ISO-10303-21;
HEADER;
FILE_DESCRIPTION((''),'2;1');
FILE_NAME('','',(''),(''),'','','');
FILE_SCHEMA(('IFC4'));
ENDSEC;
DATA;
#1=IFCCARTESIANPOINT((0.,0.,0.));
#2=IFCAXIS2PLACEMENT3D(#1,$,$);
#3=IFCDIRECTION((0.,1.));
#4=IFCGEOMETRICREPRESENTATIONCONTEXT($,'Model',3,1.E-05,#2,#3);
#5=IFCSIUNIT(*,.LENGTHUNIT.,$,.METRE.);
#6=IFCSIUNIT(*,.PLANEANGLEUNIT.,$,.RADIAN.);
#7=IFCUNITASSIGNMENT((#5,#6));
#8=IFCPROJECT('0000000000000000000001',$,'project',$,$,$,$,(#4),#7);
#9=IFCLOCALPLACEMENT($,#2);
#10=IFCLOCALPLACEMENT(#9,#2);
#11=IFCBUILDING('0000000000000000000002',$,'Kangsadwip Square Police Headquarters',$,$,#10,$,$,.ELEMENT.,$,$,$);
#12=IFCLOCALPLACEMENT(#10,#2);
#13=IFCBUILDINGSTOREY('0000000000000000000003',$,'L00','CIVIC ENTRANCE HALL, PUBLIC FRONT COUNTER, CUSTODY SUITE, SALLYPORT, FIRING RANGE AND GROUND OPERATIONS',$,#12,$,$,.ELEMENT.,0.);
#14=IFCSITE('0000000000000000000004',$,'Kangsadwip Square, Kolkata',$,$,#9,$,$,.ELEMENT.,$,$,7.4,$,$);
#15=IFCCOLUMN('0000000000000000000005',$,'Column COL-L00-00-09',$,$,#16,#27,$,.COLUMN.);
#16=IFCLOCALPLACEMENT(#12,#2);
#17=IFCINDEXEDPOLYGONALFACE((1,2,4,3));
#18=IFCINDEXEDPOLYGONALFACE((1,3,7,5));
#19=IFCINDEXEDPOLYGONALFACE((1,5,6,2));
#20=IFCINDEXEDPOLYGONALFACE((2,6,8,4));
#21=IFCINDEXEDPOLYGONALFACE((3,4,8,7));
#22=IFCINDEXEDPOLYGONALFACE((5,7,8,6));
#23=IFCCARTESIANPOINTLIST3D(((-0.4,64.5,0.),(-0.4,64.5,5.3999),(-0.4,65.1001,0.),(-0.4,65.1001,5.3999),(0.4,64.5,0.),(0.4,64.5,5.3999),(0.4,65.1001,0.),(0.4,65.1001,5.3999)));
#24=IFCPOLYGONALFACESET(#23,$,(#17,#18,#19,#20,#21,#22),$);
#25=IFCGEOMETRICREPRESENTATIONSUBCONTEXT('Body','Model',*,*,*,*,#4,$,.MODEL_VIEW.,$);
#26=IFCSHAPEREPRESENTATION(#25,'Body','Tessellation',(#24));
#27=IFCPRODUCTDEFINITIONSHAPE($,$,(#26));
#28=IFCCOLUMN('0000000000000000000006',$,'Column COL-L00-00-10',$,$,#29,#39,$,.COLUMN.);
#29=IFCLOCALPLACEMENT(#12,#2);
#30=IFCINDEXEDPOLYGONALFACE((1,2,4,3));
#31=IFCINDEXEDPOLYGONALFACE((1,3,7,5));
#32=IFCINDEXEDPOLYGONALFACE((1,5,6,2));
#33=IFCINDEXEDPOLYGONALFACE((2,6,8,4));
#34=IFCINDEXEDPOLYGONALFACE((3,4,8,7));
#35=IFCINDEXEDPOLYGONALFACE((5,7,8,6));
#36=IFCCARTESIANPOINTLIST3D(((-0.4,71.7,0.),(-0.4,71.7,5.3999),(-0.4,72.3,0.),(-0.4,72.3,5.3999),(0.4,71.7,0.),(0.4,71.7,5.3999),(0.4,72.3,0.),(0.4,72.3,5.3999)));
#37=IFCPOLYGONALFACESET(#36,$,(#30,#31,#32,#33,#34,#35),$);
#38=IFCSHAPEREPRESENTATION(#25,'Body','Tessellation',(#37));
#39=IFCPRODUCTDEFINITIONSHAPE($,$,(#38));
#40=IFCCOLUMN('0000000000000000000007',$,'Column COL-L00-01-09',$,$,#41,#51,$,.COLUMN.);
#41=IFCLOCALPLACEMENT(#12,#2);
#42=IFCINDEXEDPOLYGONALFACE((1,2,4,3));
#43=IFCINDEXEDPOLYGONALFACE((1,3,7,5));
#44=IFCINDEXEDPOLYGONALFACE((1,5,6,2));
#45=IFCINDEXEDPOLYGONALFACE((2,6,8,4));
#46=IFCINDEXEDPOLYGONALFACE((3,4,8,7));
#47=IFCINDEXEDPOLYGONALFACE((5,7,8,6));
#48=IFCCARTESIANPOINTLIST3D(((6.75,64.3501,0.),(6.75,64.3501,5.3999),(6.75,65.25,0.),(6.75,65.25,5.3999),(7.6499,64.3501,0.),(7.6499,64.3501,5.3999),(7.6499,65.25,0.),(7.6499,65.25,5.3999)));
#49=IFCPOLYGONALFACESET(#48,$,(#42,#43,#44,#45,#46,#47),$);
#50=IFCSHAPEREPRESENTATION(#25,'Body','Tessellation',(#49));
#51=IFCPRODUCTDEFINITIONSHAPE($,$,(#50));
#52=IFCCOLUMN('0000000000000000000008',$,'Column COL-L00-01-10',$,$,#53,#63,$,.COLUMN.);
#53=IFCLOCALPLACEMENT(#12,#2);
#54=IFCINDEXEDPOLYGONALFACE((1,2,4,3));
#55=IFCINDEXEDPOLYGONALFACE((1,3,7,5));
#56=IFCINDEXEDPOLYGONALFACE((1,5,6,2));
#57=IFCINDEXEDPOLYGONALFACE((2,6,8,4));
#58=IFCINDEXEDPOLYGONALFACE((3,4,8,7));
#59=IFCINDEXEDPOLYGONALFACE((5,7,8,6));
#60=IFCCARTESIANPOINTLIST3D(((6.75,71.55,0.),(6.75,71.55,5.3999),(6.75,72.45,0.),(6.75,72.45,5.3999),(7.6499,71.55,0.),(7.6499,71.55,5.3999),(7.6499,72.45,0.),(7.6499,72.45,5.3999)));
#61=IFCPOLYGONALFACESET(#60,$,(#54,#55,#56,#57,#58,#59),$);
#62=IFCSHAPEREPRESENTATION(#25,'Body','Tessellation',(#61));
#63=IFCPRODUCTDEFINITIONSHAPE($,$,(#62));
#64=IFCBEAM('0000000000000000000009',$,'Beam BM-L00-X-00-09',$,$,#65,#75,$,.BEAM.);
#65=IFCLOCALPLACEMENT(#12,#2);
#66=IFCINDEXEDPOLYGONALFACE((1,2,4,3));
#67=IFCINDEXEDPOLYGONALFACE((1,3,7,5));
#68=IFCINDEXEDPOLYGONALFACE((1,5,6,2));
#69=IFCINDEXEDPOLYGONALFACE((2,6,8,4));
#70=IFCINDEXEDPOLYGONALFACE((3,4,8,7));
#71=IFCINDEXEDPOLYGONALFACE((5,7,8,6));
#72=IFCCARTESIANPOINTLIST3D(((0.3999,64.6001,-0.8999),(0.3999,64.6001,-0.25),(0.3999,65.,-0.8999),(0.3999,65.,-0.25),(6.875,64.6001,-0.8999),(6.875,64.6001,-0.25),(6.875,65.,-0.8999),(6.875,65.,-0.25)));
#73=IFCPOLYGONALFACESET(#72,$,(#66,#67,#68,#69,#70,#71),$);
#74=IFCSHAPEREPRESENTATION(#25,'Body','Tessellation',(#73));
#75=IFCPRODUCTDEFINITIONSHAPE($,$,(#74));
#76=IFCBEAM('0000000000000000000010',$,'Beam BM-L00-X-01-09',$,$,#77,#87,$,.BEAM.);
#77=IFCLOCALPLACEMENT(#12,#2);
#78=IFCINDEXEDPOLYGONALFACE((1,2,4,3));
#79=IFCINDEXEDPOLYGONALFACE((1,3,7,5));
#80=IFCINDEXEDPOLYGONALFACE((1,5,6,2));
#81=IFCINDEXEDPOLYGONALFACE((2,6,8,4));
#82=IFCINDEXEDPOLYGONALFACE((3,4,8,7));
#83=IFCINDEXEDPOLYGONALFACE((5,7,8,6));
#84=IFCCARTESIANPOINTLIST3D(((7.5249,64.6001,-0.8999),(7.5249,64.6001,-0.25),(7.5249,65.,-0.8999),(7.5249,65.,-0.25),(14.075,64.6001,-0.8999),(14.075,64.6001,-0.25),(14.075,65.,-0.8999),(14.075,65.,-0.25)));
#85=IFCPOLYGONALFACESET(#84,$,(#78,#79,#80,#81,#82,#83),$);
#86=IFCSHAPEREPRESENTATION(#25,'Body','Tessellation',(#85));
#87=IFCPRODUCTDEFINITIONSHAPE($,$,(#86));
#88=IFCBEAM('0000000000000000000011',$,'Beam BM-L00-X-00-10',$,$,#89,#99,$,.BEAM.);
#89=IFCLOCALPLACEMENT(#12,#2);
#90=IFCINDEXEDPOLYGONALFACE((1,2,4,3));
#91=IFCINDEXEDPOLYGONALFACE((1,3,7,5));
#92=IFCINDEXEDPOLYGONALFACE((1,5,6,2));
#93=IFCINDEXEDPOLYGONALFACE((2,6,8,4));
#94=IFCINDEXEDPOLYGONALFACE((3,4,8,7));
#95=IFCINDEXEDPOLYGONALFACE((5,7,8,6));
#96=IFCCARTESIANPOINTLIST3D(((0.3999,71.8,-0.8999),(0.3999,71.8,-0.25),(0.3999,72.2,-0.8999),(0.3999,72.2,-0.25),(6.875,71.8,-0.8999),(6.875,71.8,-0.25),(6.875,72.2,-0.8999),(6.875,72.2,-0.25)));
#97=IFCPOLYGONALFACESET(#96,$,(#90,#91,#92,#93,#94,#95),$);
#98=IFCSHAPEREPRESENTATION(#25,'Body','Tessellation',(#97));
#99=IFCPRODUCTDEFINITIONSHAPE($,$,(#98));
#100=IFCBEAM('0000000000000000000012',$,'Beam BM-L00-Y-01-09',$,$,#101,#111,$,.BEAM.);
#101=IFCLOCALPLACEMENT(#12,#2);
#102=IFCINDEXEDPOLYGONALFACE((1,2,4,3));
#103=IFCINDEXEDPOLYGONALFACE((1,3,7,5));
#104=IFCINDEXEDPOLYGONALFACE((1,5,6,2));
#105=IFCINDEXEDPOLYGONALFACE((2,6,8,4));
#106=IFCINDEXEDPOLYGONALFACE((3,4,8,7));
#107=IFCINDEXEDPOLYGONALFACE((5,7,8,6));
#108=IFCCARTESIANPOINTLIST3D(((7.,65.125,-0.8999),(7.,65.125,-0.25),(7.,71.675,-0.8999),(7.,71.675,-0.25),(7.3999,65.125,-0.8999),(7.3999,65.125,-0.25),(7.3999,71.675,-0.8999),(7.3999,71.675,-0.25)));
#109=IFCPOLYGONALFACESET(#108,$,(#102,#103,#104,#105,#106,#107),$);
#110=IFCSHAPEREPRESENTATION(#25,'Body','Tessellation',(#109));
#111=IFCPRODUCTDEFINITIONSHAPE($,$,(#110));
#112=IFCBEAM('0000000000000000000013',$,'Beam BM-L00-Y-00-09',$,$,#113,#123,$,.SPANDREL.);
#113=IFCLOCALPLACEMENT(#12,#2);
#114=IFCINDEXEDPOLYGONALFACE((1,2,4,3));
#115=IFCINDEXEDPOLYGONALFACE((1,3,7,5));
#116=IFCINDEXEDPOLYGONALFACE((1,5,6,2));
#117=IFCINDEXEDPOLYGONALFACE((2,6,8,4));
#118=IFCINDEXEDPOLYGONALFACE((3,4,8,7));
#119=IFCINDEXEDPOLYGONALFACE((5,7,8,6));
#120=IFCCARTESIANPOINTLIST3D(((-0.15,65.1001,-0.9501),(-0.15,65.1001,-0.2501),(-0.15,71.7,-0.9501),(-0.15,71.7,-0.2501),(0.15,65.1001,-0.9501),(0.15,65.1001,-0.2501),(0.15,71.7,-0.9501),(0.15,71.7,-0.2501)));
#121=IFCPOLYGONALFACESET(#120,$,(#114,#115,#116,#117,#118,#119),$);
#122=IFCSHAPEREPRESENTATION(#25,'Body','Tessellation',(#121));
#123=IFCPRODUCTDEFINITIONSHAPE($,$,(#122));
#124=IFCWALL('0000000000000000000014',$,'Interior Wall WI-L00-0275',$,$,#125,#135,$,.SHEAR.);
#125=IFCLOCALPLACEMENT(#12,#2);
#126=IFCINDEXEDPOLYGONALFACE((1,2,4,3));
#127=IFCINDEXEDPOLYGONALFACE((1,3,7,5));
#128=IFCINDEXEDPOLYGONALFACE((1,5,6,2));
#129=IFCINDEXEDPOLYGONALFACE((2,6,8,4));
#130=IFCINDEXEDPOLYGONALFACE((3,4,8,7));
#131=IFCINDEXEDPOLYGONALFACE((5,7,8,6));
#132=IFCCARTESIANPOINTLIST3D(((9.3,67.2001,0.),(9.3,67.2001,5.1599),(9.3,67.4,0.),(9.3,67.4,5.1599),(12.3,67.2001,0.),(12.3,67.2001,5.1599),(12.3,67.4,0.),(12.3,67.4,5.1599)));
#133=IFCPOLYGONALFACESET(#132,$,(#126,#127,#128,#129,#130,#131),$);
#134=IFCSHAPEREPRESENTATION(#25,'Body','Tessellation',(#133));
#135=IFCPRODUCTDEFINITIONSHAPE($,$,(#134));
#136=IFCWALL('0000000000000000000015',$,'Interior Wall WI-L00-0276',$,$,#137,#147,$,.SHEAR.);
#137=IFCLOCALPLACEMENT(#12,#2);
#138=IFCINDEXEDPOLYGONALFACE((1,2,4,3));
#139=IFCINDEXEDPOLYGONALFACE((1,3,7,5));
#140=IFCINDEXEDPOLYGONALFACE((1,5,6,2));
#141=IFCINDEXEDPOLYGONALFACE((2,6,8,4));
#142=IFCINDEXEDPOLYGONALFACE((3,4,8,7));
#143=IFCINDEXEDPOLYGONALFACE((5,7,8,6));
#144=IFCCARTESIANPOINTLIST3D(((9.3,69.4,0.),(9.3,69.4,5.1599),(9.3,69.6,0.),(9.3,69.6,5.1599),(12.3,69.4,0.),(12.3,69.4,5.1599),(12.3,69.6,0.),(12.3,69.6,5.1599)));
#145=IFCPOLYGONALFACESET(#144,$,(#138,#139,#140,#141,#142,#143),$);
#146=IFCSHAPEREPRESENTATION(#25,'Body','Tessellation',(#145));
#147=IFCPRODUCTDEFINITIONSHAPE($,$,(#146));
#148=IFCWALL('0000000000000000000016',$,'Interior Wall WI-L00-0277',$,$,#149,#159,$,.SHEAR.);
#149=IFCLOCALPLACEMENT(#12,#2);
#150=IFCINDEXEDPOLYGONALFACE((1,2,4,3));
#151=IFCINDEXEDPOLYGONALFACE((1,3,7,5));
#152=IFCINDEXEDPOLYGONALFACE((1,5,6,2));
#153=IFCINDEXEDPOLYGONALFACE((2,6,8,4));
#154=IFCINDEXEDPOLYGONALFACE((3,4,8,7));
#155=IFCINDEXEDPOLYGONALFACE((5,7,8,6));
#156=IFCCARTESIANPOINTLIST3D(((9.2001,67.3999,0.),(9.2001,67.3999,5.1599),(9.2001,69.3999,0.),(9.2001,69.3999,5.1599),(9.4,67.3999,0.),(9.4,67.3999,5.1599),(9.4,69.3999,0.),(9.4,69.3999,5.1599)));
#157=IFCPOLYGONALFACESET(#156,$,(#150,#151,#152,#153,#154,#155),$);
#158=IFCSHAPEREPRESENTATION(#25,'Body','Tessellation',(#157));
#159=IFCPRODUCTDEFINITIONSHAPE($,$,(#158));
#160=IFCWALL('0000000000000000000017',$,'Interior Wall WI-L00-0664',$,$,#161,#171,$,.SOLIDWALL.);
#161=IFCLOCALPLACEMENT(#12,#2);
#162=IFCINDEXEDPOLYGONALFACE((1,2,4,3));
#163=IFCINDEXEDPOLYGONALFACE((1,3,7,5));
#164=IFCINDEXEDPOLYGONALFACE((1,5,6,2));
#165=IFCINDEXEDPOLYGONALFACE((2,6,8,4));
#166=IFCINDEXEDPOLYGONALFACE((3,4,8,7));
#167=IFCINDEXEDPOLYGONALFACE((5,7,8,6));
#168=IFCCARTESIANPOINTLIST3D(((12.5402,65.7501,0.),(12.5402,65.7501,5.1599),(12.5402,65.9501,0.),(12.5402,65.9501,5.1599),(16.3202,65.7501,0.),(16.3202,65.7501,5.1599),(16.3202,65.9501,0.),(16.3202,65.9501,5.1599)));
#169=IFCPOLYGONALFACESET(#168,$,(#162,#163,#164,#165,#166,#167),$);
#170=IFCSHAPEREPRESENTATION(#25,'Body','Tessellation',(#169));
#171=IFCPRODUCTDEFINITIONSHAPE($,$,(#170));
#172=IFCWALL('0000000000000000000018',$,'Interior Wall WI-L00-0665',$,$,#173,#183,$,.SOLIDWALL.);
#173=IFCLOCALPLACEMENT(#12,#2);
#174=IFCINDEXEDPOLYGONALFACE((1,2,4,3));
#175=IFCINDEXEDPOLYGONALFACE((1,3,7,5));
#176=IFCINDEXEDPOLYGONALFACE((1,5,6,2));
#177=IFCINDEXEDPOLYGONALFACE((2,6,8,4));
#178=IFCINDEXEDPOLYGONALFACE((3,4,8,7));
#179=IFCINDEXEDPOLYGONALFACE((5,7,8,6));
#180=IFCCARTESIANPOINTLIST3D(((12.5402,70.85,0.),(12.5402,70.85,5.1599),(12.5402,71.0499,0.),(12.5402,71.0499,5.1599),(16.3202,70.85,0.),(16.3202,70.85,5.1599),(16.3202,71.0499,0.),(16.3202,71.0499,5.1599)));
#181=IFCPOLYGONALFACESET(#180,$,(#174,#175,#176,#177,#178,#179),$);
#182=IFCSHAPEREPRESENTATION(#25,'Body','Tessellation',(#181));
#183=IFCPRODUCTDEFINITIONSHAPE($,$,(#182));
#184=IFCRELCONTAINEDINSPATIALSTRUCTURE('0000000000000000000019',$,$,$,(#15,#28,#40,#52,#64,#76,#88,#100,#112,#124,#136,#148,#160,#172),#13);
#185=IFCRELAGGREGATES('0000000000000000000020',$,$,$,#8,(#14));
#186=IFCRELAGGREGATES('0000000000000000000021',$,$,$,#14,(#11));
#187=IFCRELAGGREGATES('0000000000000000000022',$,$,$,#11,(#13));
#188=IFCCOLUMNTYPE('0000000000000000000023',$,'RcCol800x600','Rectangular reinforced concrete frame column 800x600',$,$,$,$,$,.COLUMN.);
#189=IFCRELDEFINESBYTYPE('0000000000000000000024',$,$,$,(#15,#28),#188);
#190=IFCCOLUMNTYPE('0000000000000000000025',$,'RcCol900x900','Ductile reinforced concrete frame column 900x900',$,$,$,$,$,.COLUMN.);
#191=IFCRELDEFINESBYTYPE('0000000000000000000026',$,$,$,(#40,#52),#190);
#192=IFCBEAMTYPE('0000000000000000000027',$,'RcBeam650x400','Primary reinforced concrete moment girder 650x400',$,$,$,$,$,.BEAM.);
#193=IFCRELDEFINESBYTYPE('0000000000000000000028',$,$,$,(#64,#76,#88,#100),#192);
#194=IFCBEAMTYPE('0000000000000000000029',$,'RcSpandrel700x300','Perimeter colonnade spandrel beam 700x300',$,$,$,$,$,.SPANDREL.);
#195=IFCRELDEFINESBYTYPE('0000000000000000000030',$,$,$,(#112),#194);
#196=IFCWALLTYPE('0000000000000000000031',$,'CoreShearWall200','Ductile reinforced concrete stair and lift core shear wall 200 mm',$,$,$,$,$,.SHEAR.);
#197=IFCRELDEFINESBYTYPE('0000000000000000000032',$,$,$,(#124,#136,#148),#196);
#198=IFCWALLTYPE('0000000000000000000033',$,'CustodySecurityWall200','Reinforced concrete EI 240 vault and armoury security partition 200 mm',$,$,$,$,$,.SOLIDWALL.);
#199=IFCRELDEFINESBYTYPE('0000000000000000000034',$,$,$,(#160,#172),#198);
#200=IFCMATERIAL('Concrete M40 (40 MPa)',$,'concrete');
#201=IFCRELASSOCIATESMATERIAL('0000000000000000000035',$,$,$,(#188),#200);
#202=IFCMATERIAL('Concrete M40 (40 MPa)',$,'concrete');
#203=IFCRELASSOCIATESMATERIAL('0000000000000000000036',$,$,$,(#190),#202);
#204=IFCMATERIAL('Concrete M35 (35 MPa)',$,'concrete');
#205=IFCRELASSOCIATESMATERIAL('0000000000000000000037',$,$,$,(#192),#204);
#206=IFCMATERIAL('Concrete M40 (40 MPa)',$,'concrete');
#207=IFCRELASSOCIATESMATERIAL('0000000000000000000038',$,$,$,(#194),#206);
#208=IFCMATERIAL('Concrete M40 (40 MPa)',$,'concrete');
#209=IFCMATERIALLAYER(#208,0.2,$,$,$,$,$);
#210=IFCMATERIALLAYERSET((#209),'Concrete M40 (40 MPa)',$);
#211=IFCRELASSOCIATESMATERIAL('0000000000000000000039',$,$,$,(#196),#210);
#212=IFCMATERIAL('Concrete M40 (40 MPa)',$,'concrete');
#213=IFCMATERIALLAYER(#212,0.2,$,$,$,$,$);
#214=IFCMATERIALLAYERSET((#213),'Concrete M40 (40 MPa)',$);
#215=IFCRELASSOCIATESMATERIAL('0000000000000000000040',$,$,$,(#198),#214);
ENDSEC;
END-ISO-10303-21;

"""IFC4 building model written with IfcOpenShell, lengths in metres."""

from ifc_helpers import new_model, si_unit, direction, frame, frame_2d, origin, origin_2d, place, context, subcontext, project, spatial, rectangle, extrude, material, layer, layer_set, material_profile, profile_set, type_object, element, save


model = new_model("IFC4")

# Units and contexts
model_context = context("Model", 3, precision=1e-05, world=origin(), true_north=direction((0.0, 1.0)))
body_context = subcontext(model_context, "Body", "Model", "MODEL_VIEW")
ifc_project = project(units=[si_unit("LENGTHUNIT", "METRE"), si_unit("PLANEANGLEUNIT", "RADIAN")], contexts=[model_context])

# Site, building, storey
site_placement = place(None, origin())
site = spatial("IfcSite", under=ifc_project, at=site_placement, Name="Kangsadwip Square, Kolkata", CompositionType="ELEMENT", RefElevation=7.4)
building_placement = place(site_placement, origin())
building = spatial("IfcBuilding", under=site, at=building_placement, Name="Kangsadwip Square Police Headquarters", CompositionType="ELEMENT")
storey_placement = place(building_placement, origin())
storey = spatial("IfcBuildingStorey", under=building, at=storey_placement, Name="L00", Description="CIVIC ENTRANCE HALL, PUBLIC FRONT COUNTER, CUSTODY SUITE, SALLYPORT, FIRING RANGE AND GROUND OPERATIONS", CompositionType="ELEMENT", Elevation=0.0)

# Columns
ifc_material_1 = material(Name="Concrete M40 (40 MPa)", Category="concrete")
ifc_material_profile_1 = material_profile(ifc_material_1, rectangle(XDim=0.6001, YDim=0.8, at=origin_2d()), Name="RC COL 800X600")
ifc_profile_set_1 = profile_set([ifc_material_profile_1], Name="Concrete M40 (40 MPa)")
column_type_1 = type_object("IfcColumnType", Name="RcCol800x600", Description="Rectangular reinforced concrete frame column 800x600", PredefinedType="COLUMN", material=ifc_profile_set_1)
for number, where, z_axis, x_axis, name in (
    (1, (0.0, 64.8, 0.0), (0.0, 0.0, 1.0), (0.0, 1.0, 0.0), "Column COL-L00-00-09"),
    (2, (0.0, 72.0, 0.0), (0.0, 0.0, 1.0), (0.0, 1.0, 0.0), "Column COL-L00-00-10"),
):
    element("IfcColumn", number, at=place(storey_placement, frame(where, z_axis=z_axis, x_axis=x_axis)), inside=storey, type_object=column_type_1, Name=name, PredefinedType="COLUMN", context=body_context, shape_type="SweptSolid", body=[
        extrude(rectangle(XDim=0.6001, YDim=0.8, at=origin_2d()), origin(), (0.0, 0.0, 1.0), 5.3999),
    ])
ifc_material_2 = material(Name="Concrete M40 (40 MPa)", Category="concrete")
ifc_material_profile_2 = material_profile(ifc_material_2, rectangle(XDim=0.8999, YDim=0.8999, at=origin_2d()), Name="RC COL 900X900")
ifc_profile_set_2 = profile_set([ifc_material_profile_2], Name="Concrete M40 (40 MPa)")
column_type_2 = type_object("IfcColumnType", Name="RcCol900x900", Description="Ductile reinforced concrete frame column 900x900", PredefinedType="COLUMN", material=ifc_profile_set_2)
for number, where, z_axis, x_axis, name in (
    (3, (7.2, 64.8, 0.0), (0.0, 0.0, 1.0), (1.0, 0.0, 0.0), "Column COL-L00-01-09"),
    (4, (7.2, 72.0, 0.0), (0.0, 0.0, 1.0), (1.0, 0.0, 0.0), "Column COL-L00-01-10"),
):
    element("IfcColumn", number, at=place(storey_placement, frame(where, z_axis=z_axis, x_axis=x_axis)), inside=storey, type_object=column_type_2, Name=name, PredefinedType="COLUMN", context=body_context, shape_type="SweptSolid", body=[
        extrude(rectangle(XDim=0.8999, YDim=0.8999, at=origin_2d()), origin(), (0.0, 0.0, 1.0), 5.3999),
    ])

# Beams
ifc_material_3 = material(Name="Concrete M35 (35 MPa)", Category="concrete")
ifc_material_profile_3 = material_profile(ifc_material_3, rectangle(XDim=0.3999, YDim=0.6499, at=origin_2d()), Name="RC BM 650X400")
ifc_profile_set_3 = profile_set([ifc_material_profile_3], Name="Concrete M35 (35 MPa)")
beam_type_1 = type_object("IfcBeamType", Name="RcBeam650x400", Description="Primary reinforced concrete moment girder 650x400", PredefinedType="BEAM", material=ifc_profile_set_3)
beam_1_placement = place(storey_placement, frame((0.3999, 64.8, -0.575), z_axis=(1.0, 0.0, 0.0), x_axis=(0.0, 1.0, 0.0)))
element("IfcBeam", 5, at=beam_1_placement, inside=storey, type_object=beam_type_1, Name="Beam BM-L00-X-00-09", PredefinedType="BEAM", context=body_context, shape_type="SweptSolid", body=[
    extrude(rectangle(XDim=0.3999, YDim=0.6499, at=origin_2d()), origin(), (0.0, 0.0, 1.0), 6.4751),
])
beam_2_placement = place(storey_placement, frame((7.5249, 64.8, -0.575), z_axis=(1.0, 0.0, 0.0), x_axis=(0.0, 1.0, 0.0)))
element("IfcBeam", 6, at=beam_2_placement, inside=storey, type_object=beam_type_1, Name="Beam BM-L00-X-01-09", PredefinedType="BEAM", context=body_context, shape_type="SweptSolid", body=[
    extrude(rectangle(XDim=0.3999, YDim=0.6499, at=origin_2d()), origin(), (0.0, 0.0, 1.0), 6.55),
])
beam_3_placement = place(storey_placement, frame((0.3999, 72.0, -0.575), z_axis=(1.0, 0.0, 0.0), x_axis=(0.0, 1.0, 0.0)))
element("IfcBeam", 7, at=beam_3_placement, inside=storey, type_object=beam_type_1, Name="Beam BM-L00-X-00-10", PredefinedType="BEAM", context=body_context, shape_type="SweptSolid", body=[
    extrude(rectangle(XDim=0.3999, YDim=0.6499, at=origin_2d()), origin(), (0.0, 0.0, 1.0), 6.4751),
])
beam_4_placement = place(storey_placement, frame((7.2, 65.125, -0.575), z_axis=(0.0, 1.0, 0.0), x_axis=(-1.0, 0.0, 0.0)))
element("IfcBeam", 8, at=beam_4_placement, inside=storey, type_object=beam_type_1, Name="Beam BM-L00-Y-01-09", PredefinedType="BEAM", context=body_context, shape_type="SweptSolid", body=[
    extrude(rectangle(XDim=0.3999, YDim=0.6499, at=origin_2d()), origin(), (0.0, 0.0, 1.0), 6.55),
])
ifc_material_4 = material(Name="Concrete M40 (40 MPa)", Category="concrete")
ifc_material_profile_4 = material_profile(ifc_material_4, rectangle(XDim=0.3, YDim=0.7, at=origin_2d()), Name="RC SPN 700X300")
ifc_profile_set_4 = profile_set([ifc_material_profile_4], Name="Concrete M40 (40 MPa)")
beam_type_2 = type_object("IfcBeamType", Name="RcSpandrel700x300", Description="Perimeter colonnade spandrel beam 700x300", PredefinedType="SPANDREL", material=ifc_profile_set_4)
beam_5_placement = place(storey_placement, frame((0.0, 65.1001, -0.6001), z_axis=(0.0, 1.0, 0.0), x_axis=(-1.0, 0.0, 0.0)))
element("IfcBeam", 9, at=beam_5_placement, inside=storey, type_object=beam_type_2, Name="Beam BM-L00-Y-00-09", PredefinedType="SPANDREL", context=body_context, shape_type="SweptSolid", body=[
    extrude(rectangle(XDim=0.3, YDim=0.7, at=origin_2d()), origin(), (0.0, 0.0, 1.0), 6.5999),
])

# Walls
ifc_material_5 = material(Name="Concrete M40 (40 MPa)", Category="concrete")
ifc_layer_1 = layer(ifc_material_5, 0.2)
ifc_layer_set_1 = layer_set([ifc_layer_1], Name="Concrete M40 (40 MPa)")
wall_type_1 = type_object("IfcWallType", Name="CoreShearWall200", Description="Ductile reinforced concrete stair and lift core shear wall 200 mm", PredefinedType="SHEAR", material=ifc_layer_set_1)
for number, where, z_axis, x_axis, name in (
    (10, (9.3, 67.3, 0.0), (0.0, 0.0, 1.0), (1.0, 0.0, 0.0), "Interior Wall WI-L00-0275"),
    (11, (9.3, 69.5, 0.0), (0.0, 0.0, 1.0), (1.0, 0.0, 0.0), "Interior Wall WI-L00-0276"),
):
    element("IfcWall", number, at=place(storey_placement, frame(where, z_axis=z_axis, x_axis=x_axis)), inside=storey, type_object=wall_type_1, Name=name, PredefinedType="SHEAR", context=body_context, shape_type="SweptSolid", body=[
        extrude(rectangle(XDim=3.0, YDim=0.2, at=frame_2d((1.5, 0.0))), origin(), (0.0, 0.0, 1.0), 5.1599),
    ])
wall_1_placement = place(storey_placement, frame((9.3, 67.3999, 0.0), z_axis=(0.0, 0.0, 1.0), x_axis=(0.0, 1.0, 0.0)))
element("IfcWall", 12, at=wall_1_placement, inside=storey, type_object=wall_type_1, Name="Interior Wall WI-L00-0277", PredefinedType="SHEAR", context=body_context, shape_type="SweptSolid", body=[
    extrude(rectangle(XDim=2.0, YDim=0.2, at=frame_2d((1.0, 0.0))), origin(), (0.0, 0.0, 1.0), 5.1599),
])

# Walls
ifc_material_6 = material(Name="Concrete M40 (40 MPa)", Category="concrete")
ifc_layer_2 = layer(ifc_material_6, 0.2)
ifc_layer_set_2 = layer_set([ifc_layer_2], Name="Concrete M40 (40 MPa)")
wall_type_2 = type_object("IfcWallType", Name="CustodySecurityWall200", Description="Reinforced concrete EI 240 vault and armoury security partition 200 mm", PredefinedType="SOLIDWALL", material=ifc_layer_set_2)
for number, where, z_axis, x_axis, name in (
    (13, (12.54, 65.8501, 0.0), (0.0, 0.0, 1.0), (1.0, 0.0, 0.0), "Interior Wall WI-L00-0664"),
    (14, (12.54, 70.95, 0.0), (0.0, 0.0, 1.0), (1.0, 0.0, 0.0), "Interior Wall WI-L00-0665"),
):
    element("IfcWall", number, at=place(storey_placement, frame(where, z_axis=z_axis, x_axis=x_axis)), inside=storey, type_object=wall_type_2, Name=name, PredefinedType="SOLIDWALL", context=body_context, shape_type="SweptSolid", body=[
        extrude(rectangle(XDim=3.78, YDim=0.2, at=frame_2d((1.8901, 0.0))), origin(), (0.0, 0.0, 1.0), 5.1599),
    ])

save(model, "model.ifc")
